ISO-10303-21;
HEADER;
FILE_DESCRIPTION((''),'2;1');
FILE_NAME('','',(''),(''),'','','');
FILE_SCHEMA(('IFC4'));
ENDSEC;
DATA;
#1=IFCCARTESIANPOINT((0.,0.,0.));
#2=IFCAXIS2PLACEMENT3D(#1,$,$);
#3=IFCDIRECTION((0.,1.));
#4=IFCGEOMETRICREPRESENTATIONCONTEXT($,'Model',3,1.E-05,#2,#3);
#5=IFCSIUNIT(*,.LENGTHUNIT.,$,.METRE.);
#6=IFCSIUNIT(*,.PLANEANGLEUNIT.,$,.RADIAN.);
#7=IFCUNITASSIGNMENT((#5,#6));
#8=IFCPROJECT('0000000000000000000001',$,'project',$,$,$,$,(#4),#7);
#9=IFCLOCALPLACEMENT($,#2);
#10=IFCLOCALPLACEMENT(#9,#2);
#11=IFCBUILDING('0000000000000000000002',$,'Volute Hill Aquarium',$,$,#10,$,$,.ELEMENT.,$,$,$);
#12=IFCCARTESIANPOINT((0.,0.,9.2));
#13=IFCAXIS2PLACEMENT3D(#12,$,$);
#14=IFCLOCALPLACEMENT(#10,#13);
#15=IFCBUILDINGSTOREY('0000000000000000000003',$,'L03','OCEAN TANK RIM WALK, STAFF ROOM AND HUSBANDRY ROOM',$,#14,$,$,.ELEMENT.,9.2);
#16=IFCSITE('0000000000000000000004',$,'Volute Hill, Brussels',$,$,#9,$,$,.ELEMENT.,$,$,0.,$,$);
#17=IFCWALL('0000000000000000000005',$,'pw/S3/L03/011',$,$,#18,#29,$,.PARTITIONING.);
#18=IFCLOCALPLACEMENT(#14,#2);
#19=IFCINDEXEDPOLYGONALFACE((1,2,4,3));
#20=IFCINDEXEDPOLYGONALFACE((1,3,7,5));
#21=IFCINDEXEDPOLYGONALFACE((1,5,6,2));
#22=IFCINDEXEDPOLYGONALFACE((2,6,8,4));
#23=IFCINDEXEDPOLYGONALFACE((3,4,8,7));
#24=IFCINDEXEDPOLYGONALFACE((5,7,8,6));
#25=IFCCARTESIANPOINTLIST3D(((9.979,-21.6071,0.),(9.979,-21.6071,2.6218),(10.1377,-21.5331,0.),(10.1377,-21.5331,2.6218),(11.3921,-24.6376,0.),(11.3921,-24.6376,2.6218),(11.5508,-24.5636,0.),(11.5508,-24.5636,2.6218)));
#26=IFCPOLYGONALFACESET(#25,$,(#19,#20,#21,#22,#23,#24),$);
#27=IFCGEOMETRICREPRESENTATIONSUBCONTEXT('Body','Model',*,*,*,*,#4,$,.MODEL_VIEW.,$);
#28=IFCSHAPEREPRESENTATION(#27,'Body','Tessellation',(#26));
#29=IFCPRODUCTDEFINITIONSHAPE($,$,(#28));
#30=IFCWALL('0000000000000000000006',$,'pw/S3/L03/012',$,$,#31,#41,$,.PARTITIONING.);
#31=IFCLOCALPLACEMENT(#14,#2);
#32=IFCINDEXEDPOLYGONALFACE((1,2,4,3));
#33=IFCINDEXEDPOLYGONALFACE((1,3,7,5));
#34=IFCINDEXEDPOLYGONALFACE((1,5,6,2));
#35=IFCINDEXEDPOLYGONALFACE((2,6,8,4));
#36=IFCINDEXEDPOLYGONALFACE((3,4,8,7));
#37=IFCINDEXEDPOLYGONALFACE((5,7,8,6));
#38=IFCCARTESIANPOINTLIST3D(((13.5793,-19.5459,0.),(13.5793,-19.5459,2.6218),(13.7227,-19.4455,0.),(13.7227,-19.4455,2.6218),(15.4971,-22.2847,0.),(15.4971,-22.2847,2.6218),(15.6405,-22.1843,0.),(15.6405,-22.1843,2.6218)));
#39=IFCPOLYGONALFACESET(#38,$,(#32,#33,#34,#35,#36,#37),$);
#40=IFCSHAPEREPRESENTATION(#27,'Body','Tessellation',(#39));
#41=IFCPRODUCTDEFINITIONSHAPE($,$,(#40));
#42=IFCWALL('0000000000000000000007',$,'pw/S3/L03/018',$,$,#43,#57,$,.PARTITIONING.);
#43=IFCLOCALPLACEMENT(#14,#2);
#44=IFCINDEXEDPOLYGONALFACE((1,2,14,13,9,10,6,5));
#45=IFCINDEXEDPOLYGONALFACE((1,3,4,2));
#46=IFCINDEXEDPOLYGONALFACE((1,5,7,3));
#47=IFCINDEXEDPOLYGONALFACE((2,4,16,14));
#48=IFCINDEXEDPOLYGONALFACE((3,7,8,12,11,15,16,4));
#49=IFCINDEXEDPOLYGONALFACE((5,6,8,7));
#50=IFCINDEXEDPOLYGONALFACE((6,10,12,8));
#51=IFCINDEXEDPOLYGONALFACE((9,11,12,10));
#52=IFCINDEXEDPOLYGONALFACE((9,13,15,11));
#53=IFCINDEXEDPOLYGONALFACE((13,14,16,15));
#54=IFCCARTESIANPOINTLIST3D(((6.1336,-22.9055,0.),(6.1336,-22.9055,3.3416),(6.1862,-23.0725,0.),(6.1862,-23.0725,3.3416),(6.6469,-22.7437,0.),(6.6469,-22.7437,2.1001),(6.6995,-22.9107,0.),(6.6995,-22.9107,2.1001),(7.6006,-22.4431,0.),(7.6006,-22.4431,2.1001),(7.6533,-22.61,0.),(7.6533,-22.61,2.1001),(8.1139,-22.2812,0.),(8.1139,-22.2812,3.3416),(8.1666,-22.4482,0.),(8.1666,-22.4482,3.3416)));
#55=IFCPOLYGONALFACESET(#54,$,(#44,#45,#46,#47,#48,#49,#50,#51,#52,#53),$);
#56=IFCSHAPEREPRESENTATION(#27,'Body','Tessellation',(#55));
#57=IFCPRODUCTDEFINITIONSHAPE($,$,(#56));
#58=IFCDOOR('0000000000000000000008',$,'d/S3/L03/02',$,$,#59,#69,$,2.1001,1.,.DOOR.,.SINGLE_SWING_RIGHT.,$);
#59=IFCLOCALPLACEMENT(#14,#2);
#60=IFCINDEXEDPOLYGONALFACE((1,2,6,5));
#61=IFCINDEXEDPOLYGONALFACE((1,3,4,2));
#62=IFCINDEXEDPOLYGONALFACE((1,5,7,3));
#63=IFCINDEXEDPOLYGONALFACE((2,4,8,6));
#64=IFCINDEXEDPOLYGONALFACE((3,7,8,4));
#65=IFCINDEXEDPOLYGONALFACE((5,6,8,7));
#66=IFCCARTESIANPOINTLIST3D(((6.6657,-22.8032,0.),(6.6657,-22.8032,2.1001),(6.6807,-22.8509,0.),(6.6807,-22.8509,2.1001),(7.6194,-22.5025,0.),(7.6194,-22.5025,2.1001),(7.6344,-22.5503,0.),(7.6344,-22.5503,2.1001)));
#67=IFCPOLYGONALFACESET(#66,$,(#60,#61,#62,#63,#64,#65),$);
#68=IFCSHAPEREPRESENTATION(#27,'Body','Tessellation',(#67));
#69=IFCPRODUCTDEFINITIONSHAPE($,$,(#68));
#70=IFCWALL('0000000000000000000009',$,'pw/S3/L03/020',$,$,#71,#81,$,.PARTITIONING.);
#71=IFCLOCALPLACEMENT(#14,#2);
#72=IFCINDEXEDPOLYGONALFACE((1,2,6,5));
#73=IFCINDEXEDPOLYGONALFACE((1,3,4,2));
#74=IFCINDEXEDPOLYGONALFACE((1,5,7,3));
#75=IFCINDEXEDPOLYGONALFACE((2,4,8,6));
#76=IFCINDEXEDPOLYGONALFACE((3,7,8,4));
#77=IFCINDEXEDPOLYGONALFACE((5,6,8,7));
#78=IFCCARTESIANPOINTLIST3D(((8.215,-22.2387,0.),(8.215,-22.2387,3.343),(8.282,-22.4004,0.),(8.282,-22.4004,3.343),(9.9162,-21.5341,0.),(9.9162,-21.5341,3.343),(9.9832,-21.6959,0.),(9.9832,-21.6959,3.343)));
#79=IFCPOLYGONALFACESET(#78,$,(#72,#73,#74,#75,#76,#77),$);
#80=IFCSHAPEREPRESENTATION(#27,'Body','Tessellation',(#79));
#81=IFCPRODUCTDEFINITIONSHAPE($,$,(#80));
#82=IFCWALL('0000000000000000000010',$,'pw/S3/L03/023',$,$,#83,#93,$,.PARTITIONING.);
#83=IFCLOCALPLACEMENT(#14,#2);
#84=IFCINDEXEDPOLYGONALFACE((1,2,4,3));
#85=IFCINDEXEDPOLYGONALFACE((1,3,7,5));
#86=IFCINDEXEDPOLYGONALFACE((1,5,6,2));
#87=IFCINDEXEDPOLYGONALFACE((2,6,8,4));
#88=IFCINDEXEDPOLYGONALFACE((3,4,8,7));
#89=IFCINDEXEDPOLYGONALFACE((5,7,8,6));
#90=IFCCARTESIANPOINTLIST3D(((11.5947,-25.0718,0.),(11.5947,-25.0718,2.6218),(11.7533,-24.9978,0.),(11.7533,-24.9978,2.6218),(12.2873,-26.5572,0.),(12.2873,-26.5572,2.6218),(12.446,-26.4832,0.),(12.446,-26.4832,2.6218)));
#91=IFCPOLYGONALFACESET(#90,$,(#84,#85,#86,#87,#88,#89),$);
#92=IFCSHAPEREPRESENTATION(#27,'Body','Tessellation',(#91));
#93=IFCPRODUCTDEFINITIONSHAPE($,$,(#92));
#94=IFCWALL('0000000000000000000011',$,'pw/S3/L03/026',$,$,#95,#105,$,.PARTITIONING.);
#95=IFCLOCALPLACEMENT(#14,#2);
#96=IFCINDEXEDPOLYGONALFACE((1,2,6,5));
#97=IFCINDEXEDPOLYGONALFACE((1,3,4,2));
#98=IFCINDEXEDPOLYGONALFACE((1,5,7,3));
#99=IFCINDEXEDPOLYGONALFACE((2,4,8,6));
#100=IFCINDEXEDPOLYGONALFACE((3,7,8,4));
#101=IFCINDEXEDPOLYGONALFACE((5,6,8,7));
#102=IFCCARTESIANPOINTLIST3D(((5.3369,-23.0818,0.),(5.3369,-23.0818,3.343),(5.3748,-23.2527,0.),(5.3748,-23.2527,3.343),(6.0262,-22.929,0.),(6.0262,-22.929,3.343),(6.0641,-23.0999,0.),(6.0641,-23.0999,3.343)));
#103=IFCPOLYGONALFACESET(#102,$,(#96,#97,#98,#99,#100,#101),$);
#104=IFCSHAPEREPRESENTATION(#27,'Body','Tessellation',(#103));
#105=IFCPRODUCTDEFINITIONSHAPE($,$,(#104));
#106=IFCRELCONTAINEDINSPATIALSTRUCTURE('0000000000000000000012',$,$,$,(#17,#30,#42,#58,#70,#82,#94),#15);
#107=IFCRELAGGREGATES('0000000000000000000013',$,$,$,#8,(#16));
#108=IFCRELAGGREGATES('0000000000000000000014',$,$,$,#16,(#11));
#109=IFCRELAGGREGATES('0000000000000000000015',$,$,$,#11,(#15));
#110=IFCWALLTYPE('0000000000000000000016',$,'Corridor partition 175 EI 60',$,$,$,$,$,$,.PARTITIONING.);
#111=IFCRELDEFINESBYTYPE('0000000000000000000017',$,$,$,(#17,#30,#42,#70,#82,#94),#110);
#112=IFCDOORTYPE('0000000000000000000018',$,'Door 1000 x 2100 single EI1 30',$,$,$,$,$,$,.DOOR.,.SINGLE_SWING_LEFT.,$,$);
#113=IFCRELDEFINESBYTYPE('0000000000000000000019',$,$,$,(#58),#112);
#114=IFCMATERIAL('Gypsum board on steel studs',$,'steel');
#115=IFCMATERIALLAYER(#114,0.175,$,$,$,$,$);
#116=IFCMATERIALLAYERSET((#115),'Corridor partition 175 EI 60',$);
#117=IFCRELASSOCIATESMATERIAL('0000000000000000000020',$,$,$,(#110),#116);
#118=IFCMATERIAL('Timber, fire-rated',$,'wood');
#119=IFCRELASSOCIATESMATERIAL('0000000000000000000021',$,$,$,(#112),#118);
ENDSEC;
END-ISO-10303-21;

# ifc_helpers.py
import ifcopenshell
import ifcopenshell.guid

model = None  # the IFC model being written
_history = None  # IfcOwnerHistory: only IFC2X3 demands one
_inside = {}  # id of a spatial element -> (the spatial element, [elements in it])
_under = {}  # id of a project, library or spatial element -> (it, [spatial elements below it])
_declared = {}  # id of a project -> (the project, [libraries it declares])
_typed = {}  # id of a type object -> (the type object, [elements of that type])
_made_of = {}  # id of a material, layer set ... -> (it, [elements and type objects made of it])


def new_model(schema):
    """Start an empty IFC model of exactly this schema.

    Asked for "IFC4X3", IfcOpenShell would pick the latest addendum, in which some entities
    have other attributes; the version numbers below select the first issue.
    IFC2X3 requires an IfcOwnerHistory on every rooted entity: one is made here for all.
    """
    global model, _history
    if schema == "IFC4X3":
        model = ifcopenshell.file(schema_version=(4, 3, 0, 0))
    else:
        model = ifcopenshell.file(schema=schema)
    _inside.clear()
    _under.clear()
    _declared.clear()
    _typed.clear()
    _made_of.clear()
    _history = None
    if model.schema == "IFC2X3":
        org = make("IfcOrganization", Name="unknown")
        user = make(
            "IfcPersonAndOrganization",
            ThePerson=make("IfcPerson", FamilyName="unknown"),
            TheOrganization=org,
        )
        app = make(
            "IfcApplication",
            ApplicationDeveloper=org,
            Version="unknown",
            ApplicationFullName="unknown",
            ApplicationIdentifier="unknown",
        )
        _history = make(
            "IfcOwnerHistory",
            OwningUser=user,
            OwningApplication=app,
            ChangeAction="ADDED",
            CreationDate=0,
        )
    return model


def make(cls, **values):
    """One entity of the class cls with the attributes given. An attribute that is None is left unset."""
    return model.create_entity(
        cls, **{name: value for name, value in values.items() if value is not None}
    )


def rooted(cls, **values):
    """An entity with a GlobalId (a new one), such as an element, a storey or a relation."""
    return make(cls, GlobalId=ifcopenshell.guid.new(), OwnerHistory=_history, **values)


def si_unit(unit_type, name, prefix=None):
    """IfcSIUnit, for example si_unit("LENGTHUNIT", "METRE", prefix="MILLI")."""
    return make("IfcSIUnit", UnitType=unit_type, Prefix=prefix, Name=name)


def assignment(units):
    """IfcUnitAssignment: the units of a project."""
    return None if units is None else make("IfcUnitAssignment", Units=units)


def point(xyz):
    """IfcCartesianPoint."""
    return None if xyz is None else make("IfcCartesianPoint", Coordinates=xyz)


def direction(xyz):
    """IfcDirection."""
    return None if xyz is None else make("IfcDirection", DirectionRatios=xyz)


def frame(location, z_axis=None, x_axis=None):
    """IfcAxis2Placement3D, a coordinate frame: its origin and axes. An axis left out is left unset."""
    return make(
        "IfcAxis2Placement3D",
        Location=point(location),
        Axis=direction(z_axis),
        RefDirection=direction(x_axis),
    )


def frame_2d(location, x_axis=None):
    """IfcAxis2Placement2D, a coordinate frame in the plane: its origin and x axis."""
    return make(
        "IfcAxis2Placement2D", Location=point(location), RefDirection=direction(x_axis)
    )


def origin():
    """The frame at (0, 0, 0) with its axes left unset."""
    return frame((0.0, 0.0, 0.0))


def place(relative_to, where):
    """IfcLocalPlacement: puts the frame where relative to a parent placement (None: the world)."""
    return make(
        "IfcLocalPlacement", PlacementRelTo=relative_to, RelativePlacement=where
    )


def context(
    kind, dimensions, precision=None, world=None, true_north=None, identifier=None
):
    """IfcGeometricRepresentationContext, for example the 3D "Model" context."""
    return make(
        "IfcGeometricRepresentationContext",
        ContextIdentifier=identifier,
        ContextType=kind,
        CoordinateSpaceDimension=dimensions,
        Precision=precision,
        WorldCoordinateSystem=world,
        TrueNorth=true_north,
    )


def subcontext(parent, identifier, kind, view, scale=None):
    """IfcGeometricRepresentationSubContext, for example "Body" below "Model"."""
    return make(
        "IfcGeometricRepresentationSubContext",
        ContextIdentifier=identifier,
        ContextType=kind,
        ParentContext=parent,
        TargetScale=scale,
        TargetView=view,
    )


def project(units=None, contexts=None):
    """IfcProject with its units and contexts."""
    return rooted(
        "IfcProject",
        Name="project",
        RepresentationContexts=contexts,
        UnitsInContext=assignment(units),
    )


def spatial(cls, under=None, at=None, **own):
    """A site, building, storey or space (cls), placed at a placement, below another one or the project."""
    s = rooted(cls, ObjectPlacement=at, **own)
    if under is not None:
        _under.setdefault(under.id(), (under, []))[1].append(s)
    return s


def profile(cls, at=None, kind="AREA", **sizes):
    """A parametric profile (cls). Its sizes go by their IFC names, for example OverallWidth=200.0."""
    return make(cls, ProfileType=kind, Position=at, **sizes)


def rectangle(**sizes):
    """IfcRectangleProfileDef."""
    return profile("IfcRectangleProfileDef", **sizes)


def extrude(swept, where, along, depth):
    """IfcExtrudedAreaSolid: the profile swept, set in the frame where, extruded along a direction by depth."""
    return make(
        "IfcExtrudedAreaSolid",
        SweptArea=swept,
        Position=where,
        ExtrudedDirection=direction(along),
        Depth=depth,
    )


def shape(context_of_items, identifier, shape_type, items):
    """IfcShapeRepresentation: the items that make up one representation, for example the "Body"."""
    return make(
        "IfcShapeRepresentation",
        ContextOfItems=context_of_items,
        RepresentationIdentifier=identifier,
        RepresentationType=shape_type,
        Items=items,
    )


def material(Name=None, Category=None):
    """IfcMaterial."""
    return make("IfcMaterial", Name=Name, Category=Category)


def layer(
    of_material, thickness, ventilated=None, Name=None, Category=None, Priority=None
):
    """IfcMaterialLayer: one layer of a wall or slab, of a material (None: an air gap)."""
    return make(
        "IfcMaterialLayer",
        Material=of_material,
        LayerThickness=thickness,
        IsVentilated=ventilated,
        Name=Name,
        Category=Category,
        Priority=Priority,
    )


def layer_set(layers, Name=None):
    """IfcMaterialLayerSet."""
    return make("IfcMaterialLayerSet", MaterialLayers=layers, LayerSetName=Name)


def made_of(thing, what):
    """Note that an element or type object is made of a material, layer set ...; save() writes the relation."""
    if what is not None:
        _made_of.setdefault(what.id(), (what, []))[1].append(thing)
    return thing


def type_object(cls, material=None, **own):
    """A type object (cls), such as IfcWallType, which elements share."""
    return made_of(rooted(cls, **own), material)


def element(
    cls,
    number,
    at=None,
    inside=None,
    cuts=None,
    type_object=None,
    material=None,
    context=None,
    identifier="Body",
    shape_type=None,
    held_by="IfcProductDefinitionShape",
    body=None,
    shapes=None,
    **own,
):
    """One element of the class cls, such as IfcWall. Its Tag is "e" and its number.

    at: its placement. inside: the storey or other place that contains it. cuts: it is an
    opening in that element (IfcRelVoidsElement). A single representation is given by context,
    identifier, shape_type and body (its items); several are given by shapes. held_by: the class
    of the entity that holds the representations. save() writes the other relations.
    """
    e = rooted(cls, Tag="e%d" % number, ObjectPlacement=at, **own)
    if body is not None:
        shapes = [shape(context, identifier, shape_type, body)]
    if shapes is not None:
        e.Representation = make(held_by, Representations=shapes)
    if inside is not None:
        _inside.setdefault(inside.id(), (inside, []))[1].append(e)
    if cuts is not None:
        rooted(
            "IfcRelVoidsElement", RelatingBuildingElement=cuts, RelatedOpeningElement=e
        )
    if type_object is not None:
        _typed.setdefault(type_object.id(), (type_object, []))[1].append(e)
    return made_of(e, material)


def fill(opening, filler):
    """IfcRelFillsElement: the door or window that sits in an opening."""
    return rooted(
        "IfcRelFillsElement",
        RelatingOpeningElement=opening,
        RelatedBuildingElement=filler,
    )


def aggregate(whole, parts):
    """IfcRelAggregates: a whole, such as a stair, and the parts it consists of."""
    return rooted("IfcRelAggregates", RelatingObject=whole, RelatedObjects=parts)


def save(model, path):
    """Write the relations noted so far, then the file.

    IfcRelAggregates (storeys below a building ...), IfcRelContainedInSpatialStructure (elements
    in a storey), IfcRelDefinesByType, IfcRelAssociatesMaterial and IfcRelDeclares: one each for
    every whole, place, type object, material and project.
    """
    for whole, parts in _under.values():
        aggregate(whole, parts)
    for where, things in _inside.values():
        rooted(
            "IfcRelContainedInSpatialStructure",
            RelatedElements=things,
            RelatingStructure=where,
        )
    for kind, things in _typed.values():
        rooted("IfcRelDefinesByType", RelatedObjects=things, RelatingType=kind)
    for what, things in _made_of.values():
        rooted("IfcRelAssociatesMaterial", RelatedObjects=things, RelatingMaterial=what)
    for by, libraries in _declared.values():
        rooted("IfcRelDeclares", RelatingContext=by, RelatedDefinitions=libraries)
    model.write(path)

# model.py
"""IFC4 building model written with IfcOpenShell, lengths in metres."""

from ifc_helpers import new_model, si_unit, direction, frame, frame_2d, origin, place, context, subcontext, project, spatial, rectangle, extrude, material, layer, layer_set, type_object, element, fill, save


model = new_model("IFC4")

# Units and contexts
model_context = context("Model", 3, precision=1e-05, world=origin(), true_north=direction((0.0, 1.0)))
body_context = subcontext(model_context, "Body", "Model", "MODEL_VIEW")
ifc_project = project(units=[si_unit("LENGTHUNIT", "METRE"), si_unit("PLANEANGLEUNIT", "RADIAN")], contexts=[model_context])

# Site, building, storey
site_placement = place(None, origin())
site = spatial("IfcSite", under=ifc_project, at=site_placement, Name="Volute Hill, Brussels", CompositionType="ELEMENT", RefElevation=0.0)
building_placement = place(site_placement, origin())
building = spatial("IfcBuilding", under=site, at=building_placement, Name="Volute Hill Aquarium", CompositionType="ELEMENT")
storey_placement = place(building_placement, frame((0.0, 0.0, 9.2)))
storey = spatial("IfcBuildingStorey", under=building, at=storey_placement, Name="L03", Description="OCEAN TANK RIM WALK, STAFF ROOM AND HUSBANDRY ROOM", CompositionType="ELEMENT", Elevation=9.2)

# Shared definitions
ifc_material_1 = material(Name="Gypsum board on steel studs", Category="steel")
ifc_layer_1 = layer(ifc_material_1, 0.175)
ifc_layer_set_1 = layer_set([ifc_layer_1], Name="Corridor partition 175 EI 60")
wall_type_1 = type_object("IfcWallType", Name="Corridor partition 175 EI 60", PredefinedType="PARTITIONING", material=ifc_layer_set_1)
ifc_material_2 = material(Name="Timber, fire-rated", Category="wood")
door_type = type_object("IfcDoorType", Name="Door 1000 x 2100 single EI1 30", OperationType="SINGLE_SWING_LEFT", PredefinedType="DOOR", material=ifc_material_2)

# Walls
wall_1_placement = place(storey_placement, frame((11.4714, -24.6006, 0.0), z_axis=(0.0, 0.0, 1.0), x_axis=(-0.422602, 0.906316, 0.0)))
element("IfcWall", 1, at=wall_1_placement, inside=storey, type_object=wall_type_1, Name="pw/S3/L03/011", PredefinedType="PARTITIONING", context=body_context, shape_type="SweptSolid", body=[
    extrude(rectangle(XDim=3.3438, YDim=0.175, at=frame_2d((1.6719, 0.0))), origin(), (0.0, 0.0, 1.0), 2.6218),
])
wall_2_placement = place(storey_placement, frame((15.5688, -22.2346, 0.0), z_axis=(0.0, 0.0, 1.0), x_axis=(-0.57358, 0.81915, 0.0)))
element("IfcWall", 2, at=wall_2_placement, inside=storey, type_object=wall_type_1, Name="pw/S3/L03/012", PredefinedType="PARTITIONING", context=body_context, shape_type="SweptSolid", body=[
    extrude(rectangle(XDim=3.3435, YDim=0.175, at=frame_2d((1.6719, 0.0))), origin(), (0.0, 0.0, 1.0), 2.6218),
])

# Wall, opening, door
wall_3_placement = place(storey_placement, frame((8.1401, -22.3647, 0.0), z_axis=(0.0, 0.0, 1.0), x_axis=(-0.95373, -0.300664, 0.0)))
wall_3 = element("IfcWall", 3, at=wall_3_placement, inside=storey, type_object=wall_type_1, Name="pw/S3/L03/018", PredefinedType="PARTITIONING", context=body_context, shape_type="SweptSolid", body=[
    extrude(rectangle(XDim=2.0764, YDim=0.175, at=frame_2d((1.0381, 0.0))), origin(), (0.0, 0.0, 1.0), 3.3416),
])
opening_1_placement = place(wall_3_placement, frame((0.5381, 0.0, 0.0)))
opening_1 = element("IfcOpeningElement", 4, at=opening_1_placement, cuts=wall_3, PredefinedType="OPENING", context=body_context, shape_type="SweptSolid", body=[
    extrude(rectangle(XDim=1.0, YDim=2.1001, at=frame_2d((0.5, 1.05))), frame((0.0, 0.0974, 0.0), z_axis=(0.0, -1.0, 0.0), x_axis=(1.0, 0.0, 0.0)), (0.0, 0.0, 1.0), 0.1951),
])
door_1_placement = place(opening_1_placement, origin())
door_1 = element("IfcDoor", 5, at=door_1_placement, inside=storey, type_object=door_type, Name="d/S3/L03/02", OperationType="SINGLE_SWING_RIGHT", OverallHeight=2.1001, OverallWidth=1.0, PredefinedType="DOOR", context=body_context, shape_type="SweptSolid", body=[
    extrude(rectangle(XDim=1.0, YDim=2.1001, at=frame_2d((0.5, 1.05))), frame((0.0, 0.0249, 0.0), z_axis=(0.0, -1.0, 0.0), x_axis=(1.0, 0.0, 0.0)), (0.0, 0.0, 1.0), 0.05),
])
fill(opening_1, door_1)

# Walls
wall_4_placement = place(storey_placement, frame((9.9497, -21.615, 0.0), z_axis=(0.0, 0.0, 1.0), x_axis=(-0.923891, -0.382656, 0.0)))
element("IfcWall", 6, at=wall_4_placement, inside=storey, type_object=wall_type_1, Name="pw/S3/L03/020", PredefinedType="PARTITIONING", context=body_context, shape_type="SweptSolid", body=[
    extrude(rectangle(XDim=1.8413, YDim=0.175, at=frame_2d((0.9207, 0.0))), origin(), (0.0, 0.0, 1.0), 3.343),
])
wall_5_placement = place(storey_placement, frame((11.6741, -25.0349, 0.0), z_axis=(0.0, 0.0, 1.0), x_axis=(0.422616, -0.906309, 0.0)))
element("IfcWall", 7, at=wall_5_placement, inside=storey, type_object=wall_type_1, Name="pw/S3/L03/023", PredefinedType="PARTITIONING", context=body_context, shape_type="SweptSolid", body=[
    extrude(rectangle(XDim=1.6389, YDim=0.175, at=frame_2d((0.8193, 0.0))), origin(), (0.0, 0.0, 1.0), 2.6218),
])
wall_6_placement = place(storey_placement, frame((6.0452, -23.0144, 0.0), z_axis=(0.0, 0.0, 1.0), x_axis=(-0.976285, -0.216491, 0.0)))
element("IfcWall", 8, at=wall_6_placement, inside=storey, type_object=wall_type_1, Name="pw/S3/L03/026", PredefinedType="PARTITIONING", context=body_context, shape_type="SweptSolid", body=[
    extrude(rectangle(XDim=0.7061, YDim=0.175, at=frame_2d((0.353, 0.0))), origin(), (0.0, 0.0, 1.0), 3.343),
])

save(model, "model.ifc")
